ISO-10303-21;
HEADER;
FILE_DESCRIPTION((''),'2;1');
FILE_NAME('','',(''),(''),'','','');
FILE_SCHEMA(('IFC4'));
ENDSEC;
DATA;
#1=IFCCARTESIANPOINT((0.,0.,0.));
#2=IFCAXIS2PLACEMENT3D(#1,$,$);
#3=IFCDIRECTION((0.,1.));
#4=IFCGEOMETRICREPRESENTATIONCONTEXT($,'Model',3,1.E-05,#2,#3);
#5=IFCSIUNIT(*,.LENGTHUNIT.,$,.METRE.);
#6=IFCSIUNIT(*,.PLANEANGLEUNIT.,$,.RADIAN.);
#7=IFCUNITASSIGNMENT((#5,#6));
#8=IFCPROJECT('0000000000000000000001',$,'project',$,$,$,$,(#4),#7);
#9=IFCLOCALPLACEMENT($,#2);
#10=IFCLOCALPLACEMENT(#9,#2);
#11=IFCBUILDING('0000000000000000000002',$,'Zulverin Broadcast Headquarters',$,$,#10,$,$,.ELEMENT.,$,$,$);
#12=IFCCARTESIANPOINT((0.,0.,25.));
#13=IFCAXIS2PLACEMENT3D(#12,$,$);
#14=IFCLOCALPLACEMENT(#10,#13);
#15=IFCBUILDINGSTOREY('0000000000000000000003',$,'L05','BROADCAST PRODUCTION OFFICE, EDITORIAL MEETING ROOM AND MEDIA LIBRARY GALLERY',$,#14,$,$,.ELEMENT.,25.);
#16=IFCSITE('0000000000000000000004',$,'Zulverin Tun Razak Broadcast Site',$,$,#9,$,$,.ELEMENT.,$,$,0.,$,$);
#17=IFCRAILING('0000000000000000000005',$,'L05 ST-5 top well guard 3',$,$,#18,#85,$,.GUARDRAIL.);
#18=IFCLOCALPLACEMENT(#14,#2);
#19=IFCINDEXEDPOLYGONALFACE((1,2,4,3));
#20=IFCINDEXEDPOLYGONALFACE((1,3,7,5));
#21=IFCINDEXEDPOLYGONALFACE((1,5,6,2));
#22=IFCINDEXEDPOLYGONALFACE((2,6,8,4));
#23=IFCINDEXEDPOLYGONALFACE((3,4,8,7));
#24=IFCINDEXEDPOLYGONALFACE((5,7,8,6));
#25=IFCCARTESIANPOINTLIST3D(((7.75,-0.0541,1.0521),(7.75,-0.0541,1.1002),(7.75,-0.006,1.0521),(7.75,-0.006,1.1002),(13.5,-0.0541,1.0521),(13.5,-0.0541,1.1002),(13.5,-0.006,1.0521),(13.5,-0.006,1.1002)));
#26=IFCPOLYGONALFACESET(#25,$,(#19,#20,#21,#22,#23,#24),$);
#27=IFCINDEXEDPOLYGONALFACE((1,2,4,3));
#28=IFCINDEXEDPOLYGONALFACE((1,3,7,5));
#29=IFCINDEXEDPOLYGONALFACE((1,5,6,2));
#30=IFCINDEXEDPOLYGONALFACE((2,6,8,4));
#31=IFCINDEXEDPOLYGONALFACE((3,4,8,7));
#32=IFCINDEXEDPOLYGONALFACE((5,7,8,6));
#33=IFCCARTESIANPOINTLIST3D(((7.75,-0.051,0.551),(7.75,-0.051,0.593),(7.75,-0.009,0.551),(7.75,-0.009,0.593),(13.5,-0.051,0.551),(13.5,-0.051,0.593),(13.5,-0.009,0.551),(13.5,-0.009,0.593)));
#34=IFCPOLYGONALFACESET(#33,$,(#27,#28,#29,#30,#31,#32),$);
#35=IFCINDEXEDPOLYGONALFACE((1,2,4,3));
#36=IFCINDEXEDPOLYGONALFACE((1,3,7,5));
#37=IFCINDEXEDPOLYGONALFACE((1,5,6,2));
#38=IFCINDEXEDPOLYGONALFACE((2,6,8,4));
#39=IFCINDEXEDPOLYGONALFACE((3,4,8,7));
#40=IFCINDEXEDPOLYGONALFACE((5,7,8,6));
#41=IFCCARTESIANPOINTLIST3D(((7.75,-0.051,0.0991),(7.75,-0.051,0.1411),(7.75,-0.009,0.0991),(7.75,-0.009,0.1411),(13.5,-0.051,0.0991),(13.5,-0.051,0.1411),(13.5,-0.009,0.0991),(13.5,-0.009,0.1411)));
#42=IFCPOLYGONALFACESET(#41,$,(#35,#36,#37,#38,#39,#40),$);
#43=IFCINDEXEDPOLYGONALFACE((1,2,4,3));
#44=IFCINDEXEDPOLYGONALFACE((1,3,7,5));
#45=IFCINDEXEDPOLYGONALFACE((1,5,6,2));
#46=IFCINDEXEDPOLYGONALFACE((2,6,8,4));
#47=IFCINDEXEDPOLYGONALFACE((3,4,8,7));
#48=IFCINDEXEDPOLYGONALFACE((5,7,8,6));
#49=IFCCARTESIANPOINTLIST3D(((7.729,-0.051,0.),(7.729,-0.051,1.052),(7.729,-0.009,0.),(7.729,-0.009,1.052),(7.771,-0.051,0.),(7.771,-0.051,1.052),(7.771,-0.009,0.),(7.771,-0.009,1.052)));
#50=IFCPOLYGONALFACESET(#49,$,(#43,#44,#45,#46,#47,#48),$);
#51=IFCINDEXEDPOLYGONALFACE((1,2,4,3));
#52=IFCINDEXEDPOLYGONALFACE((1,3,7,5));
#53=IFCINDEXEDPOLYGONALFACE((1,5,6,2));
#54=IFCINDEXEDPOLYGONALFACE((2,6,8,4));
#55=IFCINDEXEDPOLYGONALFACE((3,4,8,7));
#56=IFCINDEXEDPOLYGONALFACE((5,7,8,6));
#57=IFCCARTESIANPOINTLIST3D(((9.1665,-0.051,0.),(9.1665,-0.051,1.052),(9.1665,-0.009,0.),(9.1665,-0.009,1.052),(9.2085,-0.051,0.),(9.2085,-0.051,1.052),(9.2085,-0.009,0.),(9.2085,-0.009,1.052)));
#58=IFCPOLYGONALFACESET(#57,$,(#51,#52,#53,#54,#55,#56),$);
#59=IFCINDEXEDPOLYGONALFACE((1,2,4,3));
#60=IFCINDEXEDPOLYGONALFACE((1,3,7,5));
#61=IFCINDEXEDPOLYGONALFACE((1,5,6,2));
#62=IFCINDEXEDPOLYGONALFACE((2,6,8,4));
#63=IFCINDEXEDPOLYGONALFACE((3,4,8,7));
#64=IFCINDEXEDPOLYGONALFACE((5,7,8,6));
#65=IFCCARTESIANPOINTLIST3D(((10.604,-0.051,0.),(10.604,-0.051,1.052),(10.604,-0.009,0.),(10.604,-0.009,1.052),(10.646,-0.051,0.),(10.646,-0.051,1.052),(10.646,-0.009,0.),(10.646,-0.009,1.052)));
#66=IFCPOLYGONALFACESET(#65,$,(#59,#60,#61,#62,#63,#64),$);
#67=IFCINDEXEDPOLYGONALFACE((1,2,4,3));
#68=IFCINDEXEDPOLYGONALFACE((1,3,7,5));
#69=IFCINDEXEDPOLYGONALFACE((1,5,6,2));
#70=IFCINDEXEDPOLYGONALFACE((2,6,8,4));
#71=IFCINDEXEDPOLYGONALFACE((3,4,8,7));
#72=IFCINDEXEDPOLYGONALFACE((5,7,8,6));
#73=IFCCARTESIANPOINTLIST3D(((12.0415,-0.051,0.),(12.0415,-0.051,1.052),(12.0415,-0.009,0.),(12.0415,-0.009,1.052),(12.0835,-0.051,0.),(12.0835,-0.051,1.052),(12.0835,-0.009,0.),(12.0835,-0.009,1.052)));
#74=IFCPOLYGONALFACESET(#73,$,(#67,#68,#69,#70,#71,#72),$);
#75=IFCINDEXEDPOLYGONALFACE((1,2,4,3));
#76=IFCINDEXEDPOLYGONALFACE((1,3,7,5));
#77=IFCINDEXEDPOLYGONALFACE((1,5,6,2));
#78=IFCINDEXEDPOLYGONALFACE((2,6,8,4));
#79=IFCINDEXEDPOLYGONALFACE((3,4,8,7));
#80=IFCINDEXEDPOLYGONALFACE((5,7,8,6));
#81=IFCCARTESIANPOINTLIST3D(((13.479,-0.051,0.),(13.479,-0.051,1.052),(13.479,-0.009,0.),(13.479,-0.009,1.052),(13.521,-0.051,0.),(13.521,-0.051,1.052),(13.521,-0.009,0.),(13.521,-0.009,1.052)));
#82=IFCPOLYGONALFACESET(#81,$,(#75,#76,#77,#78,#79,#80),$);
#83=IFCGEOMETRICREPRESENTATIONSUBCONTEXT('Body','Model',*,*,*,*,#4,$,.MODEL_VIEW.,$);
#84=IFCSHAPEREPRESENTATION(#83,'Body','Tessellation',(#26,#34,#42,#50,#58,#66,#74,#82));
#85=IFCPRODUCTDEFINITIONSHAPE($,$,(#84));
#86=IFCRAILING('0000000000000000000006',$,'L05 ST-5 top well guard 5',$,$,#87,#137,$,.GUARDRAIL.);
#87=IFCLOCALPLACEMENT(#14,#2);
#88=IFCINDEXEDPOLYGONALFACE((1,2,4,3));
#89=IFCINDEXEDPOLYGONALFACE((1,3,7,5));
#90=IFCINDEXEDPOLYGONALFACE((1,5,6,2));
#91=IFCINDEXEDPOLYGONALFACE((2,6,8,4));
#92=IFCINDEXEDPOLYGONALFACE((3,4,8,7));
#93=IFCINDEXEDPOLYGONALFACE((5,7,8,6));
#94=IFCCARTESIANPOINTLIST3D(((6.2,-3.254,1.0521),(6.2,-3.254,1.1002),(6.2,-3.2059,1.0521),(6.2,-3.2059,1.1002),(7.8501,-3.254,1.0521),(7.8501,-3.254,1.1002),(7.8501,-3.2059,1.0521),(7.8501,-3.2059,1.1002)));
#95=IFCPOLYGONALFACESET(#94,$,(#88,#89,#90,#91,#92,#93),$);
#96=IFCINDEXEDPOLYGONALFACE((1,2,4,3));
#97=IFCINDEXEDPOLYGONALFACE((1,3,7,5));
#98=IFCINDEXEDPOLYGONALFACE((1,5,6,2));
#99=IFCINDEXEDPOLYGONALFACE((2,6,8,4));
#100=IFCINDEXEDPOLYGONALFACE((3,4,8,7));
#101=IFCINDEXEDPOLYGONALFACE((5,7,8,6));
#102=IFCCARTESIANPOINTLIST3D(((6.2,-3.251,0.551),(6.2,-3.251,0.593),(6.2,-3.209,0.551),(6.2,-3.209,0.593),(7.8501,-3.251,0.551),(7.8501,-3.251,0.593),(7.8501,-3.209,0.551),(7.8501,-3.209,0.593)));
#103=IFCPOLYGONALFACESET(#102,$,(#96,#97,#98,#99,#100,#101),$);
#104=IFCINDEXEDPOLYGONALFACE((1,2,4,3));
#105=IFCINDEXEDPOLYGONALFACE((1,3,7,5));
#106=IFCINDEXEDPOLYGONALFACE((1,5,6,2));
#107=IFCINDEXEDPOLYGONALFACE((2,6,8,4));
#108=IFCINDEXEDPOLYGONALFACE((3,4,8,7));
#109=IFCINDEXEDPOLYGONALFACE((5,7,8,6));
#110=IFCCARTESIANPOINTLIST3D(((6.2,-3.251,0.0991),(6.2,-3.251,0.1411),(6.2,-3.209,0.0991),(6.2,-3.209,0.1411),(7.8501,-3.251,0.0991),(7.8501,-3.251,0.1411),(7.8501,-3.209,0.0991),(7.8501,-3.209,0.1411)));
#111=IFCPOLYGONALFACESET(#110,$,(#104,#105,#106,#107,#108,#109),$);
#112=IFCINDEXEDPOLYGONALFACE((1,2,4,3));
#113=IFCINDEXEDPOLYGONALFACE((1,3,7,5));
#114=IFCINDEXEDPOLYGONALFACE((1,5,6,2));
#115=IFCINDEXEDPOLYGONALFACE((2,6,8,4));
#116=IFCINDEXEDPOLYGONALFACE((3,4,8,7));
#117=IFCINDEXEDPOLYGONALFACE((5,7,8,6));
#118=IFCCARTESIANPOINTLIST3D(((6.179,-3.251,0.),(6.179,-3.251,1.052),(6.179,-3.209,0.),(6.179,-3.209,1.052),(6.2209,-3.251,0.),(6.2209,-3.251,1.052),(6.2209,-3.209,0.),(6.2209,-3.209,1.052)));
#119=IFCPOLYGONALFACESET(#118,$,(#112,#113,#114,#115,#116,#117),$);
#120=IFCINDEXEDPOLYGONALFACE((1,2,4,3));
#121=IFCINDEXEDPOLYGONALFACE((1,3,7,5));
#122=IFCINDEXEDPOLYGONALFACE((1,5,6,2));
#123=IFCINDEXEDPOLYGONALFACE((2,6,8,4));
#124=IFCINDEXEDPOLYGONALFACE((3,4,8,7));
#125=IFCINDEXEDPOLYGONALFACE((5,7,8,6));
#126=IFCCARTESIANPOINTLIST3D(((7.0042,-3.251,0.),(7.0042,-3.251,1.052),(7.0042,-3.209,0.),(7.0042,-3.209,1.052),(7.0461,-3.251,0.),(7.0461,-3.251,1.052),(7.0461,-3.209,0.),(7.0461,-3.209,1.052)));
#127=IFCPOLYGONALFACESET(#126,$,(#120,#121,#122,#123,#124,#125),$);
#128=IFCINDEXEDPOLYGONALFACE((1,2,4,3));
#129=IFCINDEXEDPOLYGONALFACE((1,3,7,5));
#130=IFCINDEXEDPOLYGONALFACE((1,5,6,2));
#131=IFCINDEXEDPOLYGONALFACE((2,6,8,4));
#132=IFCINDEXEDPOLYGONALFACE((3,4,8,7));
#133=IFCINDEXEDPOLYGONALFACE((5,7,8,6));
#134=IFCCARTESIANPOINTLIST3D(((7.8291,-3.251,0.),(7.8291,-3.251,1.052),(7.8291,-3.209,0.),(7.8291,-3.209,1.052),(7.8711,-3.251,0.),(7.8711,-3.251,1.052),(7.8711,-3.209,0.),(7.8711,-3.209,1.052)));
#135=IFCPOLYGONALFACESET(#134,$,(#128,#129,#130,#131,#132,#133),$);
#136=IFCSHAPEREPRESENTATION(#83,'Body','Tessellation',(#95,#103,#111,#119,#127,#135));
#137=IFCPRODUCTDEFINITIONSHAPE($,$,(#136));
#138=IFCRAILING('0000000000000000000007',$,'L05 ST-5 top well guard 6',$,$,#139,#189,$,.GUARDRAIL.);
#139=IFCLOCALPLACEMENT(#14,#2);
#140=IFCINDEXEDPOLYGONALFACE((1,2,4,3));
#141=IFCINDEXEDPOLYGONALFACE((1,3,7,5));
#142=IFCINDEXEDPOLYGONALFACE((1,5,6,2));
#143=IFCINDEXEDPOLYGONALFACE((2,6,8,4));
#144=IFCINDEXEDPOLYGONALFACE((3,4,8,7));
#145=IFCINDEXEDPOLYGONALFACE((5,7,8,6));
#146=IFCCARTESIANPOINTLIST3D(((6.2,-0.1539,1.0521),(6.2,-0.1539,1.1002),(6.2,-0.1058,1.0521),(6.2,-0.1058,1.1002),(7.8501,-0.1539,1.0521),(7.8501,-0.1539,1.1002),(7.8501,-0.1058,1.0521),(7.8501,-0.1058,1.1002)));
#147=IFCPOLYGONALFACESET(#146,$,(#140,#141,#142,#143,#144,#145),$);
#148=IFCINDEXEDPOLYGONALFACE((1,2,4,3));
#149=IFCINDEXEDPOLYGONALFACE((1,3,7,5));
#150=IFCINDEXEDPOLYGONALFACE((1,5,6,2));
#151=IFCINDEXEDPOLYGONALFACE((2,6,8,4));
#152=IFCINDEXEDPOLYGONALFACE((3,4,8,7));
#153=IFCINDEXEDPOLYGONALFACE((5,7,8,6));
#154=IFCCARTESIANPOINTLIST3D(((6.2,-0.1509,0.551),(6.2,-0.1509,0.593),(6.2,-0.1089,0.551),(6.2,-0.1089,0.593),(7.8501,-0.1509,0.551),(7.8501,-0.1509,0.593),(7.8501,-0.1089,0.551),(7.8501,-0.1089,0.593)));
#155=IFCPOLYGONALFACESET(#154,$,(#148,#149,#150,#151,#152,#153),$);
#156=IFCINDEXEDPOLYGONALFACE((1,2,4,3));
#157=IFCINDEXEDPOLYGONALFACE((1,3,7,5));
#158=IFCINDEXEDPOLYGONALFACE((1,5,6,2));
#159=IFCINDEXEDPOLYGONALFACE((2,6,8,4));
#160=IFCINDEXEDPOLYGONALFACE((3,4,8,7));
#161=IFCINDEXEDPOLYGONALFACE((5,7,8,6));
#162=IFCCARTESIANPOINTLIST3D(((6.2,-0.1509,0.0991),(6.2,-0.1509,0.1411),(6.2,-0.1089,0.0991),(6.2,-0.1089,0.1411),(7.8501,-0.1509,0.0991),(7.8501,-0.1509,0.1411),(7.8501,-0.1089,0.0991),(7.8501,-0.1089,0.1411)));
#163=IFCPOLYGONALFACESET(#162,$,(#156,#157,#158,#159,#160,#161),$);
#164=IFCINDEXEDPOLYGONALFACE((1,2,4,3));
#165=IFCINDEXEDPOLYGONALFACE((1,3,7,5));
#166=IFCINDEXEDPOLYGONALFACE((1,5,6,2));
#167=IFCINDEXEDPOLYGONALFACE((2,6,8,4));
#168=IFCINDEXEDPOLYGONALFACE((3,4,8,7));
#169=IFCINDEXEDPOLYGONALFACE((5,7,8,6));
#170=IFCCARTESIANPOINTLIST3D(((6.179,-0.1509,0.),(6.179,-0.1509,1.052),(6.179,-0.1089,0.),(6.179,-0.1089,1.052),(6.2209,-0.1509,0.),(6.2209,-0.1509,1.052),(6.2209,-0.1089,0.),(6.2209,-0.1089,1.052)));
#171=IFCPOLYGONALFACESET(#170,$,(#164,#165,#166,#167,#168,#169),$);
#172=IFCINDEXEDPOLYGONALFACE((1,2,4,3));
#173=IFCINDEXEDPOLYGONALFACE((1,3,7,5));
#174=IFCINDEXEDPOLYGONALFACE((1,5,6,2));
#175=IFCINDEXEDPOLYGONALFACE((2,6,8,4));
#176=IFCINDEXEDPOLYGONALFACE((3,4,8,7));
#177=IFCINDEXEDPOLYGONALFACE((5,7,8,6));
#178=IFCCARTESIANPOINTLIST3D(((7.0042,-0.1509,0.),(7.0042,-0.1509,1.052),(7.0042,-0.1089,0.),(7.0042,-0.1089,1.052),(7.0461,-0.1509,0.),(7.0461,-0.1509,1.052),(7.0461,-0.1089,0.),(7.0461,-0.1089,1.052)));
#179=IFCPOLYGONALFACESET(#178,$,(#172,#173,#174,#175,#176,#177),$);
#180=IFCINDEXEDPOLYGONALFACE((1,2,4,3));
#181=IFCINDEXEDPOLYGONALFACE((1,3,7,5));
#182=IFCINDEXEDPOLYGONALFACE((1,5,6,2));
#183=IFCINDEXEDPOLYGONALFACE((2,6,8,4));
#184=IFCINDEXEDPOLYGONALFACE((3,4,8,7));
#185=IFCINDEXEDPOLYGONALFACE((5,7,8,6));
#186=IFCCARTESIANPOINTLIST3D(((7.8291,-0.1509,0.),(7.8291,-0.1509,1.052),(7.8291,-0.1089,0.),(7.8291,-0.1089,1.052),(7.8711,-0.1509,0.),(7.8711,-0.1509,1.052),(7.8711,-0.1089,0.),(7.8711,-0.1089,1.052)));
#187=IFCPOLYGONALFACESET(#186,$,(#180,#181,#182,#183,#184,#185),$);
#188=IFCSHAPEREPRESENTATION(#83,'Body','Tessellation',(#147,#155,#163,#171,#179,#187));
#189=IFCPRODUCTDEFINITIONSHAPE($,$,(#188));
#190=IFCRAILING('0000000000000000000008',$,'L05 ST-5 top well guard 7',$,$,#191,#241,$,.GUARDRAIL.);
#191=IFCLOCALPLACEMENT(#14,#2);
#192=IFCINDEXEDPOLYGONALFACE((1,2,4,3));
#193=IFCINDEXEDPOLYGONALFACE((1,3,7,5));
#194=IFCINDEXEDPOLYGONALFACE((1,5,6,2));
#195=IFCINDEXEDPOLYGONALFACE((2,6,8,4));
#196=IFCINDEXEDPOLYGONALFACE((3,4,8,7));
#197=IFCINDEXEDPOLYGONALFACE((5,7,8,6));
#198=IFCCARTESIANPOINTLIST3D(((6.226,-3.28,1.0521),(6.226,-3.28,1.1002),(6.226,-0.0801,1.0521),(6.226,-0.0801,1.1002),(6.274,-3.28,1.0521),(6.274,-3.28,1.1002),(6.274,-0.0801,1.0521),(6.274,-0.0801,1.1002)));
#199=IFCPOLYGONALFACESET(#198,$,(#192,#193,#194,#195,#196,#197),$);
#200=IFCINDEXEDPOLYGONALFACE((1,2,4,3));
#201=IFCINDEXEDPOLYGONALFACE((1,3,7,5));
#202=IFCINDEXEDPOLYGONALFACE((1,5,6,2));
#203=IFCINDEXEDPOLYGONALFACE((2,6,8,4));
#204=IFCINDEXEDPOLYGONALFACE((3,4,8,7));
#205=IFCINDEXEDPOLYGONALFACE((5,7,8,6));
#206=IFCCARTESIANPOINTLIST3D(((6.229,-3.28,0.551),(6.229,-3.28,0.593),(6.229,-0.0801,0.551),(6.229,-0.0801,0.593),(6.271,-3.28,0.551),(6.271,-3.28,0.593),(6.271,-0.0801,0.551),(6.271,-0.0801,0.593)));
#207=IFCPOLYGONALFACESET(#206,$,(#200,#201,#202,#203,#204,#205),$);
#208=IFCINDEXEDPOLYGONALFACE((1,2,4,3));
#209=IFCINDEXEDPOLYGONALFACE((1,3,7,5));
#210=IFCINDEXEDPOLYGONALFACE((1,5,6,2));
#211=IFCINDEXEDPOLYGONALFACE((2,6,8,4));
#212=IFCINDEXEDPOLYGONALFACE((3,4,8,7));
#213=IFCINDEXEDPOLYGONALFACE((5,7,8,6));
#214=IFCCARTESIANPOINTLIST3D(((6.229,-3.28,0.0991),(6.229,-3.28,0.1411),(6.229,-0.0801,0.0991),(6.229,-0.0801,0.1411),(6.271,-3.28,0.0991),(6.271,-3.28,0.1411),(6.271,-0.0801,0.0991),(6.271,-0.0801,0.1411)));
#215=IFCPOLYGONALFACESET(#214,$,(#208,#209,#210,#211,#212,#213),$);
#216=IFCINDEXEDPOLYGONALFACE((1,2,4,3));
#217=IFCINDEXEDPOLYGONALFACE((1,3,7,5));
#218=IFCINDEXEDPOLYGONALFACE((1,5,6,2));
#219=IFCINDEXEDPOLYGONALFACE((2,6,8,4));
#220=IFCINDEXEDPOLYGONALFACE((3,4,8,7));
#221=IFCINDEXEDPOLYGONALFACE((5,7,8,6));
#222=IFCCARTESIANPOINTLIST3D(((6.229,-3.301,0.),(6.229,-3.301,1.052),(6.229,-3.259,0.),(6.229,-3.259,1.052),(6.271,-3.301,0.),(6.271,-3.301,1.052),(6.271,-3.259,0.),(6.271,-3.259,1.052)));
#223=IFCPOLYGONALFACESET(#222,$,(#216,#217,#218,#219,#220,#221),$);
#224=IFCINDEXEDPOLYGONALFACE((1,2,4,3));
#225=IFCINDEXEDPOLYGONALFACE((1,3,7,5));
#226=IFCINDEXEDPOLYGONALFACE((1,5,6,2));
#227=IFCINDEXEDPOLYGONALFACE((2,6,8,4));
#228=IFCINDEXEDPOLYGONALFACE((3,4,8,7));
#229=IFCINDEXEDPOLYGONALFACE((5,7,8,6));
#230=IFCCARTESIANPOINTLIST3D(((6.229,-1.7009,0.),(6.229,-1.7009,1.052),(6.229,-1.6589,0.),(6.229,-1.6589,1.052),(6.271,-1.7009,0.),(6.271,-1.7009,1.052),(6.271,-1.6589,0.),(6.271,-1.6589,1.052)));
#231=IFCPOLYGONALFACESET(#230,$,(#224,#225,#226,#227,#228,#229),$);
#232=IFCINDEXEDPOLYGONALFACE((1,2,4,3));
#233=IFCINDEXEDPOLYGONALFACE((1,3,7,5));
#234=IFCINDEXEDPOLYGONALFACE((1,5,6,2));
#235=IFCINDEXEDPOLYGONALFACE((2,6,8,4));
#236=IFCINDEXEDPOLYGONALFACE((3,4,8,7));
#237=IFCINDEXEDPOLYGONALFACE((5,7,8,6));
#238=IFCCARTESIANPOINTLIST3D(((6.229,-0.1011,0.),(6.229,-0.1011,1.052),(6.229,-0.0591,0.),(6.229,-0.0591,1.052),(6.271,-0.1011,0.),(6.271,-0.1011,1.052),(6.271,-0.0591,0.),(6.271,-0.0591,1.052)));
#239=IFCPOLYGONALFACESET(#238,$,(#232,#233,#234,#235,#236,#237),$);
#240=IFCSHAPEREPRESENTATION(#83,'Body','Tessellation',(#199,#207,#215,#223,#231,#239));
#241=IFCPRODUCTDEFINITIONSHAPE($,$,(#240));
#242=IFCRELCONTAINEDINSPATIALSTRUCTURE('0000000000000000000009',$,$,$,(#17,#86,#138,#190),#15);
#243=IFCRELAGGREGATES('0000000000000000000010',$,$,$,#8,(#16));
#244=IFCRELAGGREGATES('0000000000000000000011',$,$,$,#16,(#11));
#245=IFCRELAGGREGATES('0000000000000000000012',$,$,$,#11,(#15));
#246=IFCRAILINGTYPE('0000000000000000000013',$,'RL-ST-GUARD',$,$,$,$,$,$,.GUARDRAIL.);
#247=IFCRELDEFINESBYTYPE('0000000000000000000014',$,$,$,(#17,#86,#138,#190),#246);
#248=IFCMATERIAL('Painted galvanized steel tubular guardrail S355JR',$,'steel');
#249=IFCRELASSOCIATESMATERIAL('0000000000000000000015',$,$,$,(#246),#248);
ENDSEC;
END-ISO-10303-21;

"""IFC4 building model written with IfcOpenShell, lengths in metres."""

from ifc_helpers import new_model, si_unit, direction, frame, origin, origin_2d, place, context, subcontext, project, spatial, rectangle, extrude, material, type_object, element, save


model = new_model("IFC4")

# Units and contexts
model_context = context("Model", 3, precision=1e-05, world=origin(), true_north=direction((0.0, 1.0)))
body_context = subcontext(model_context, "Body", "Model", "MODEL_VIEW")
ifc_project = project(units=[si_unit("LENGTHUNIT", "METRE"), si_unit("PLANEANGLEUNIT", "RADIAN")], contexts=[model_context])

# Site, building, storey
site_placement = place(None, origin())
site = spatial("IfcSite", under=ifc_project, at=site_placement, Name="Zulverin Tun Razak Broadcast Site", CompositionType="ELEMENT", RefElevation=0.0)
building_placement = place(site_placement, origin())
building = spatial("IfcBuilding", under=site, at=building_placement, Name="Zulverin Broadcast Headquarters", CompositionType="ELEMENT")
storey_placement = place(building_placement, frame((0.0, 0.0, 25.0)))
storey = spatial("IfcBuildingStorey", under=building, at=storey_placement, Name="L05", Description="BROADCAST PRODUCTION OFFICE, EDITORIAL MEETING ROOM AND MEDIA LIBRARY GALLERY", CompositionType="ELEMENT", Elevation=25.0)

# Railings
ifc_material_1 = material(Name="Painted galvanized steel tubular guardrail S355JR", Category="steel")
railing_type_1 = type_object("IfcRailingType", Name="RL-ST-GUARD", PredefinedType="GUARDRAIL", material=ifc_material_1)
for number, where, name in (
    (1, (7.75, -0.03, 0.0), "L05 ST-5 top well guard 3"),
):
    element("IfcRailing", number, at=place(storey_placement, frame(where)), inside=storey, type_object=railing_type_1, Name=name, PredefinedType="GUARDRAIL", context=body_context, shape_type="SweptSolid", body=[
        extrude(rectangle(XDim=0.0481, YDim=0.0481, at=origin_2d()), frame((0.0, 0.0, 1.0762), z_axis=(1.0, 0.0, 0.0), x_axis=(0.0, 1.0, 0.0)), (0.0, 0.0, 1.0), 5.75),
        extrude(rectangle(XDim=0.042, YDim=0.042, at=origin_2d()), frame((0.0, 0.0, 0.572), z_axis=(1.0, 0.0, 0.0), x_axis=(0.0, 1.0, 0.0)), (0.0, 0.0, 1.0), 5.75),
        extrude(rectangle(XDim=0.042, YDim=0.042, at=origin_2d()), frame((0.0, 0.0, 0.1201), z_axis=(1.0, 0.0, 0.0), x_axis=(0.0, 1.0, 0.0)), (0.0, 0.0, 1.0), 5.75),
        extrude(rectangle(XDim=0.042, YDim=0.042, at=origin_2d()), origin(), (0.0, 0.0, 1.0), 1.052),
        extrude(rectangle(XDim=0.042, YDim=0.042, at=origin_2d()), frame((1.4375, 0.0, 0.0)), (0.0, 0.0, 1.0), 1.052),
        extrude(rectangle(XDim=0.042, YDim=0.042, at=origin_2d()), frame((2.875, 0.0, 0.0)), (0.0, 0.0, 1.0), 1.052),
        extrude(rectangle(XDim=0.042, YDim=0.042, at=origin_2d()), frame((4.3125, 0.0, 0.0)), (0.0, 0.0, 1.0), 1.052),
        extrude(rectangle(XDim=0.042, YDim=0.042, at=origin_2d()), frame((5.75, 0.0, 0.0)), (0.0, 0.0, 1.0), 1.052),
    ])
for number, where, name in (
    (2, (6.2, -3.23, 0.0), "L05 ST-5 top well guard 5"),
    (3, (6.2, -0.1299, 0.0), "L05 ST-5 top well guard 6"),
):
    element("IfcRailing", number, at=place(storey_placement, frame(where)), inside=storey, type_object=railing_type_1, Name=name, PredefinedType="GUARDRAIL", context=body_context, shape_type="SweptSolid", body=[
        extrude(rectangle(XDim=0.0481, YDim=0.0481, at=origin_2d()), frame((0.0, 0.0, 1.0762), z_axis=(1.0, 0.0, 0.0), x_axis=(0.0, 1.0, 0.0)), (0.0, 0.0, 1.0), 1.6501),
        extrude(rectangle(XDim=0.042, YDim=0.042, at=origin_2d()), frame((0.0, 0.0, 0.572), z_axis=(1.0, 0.0, 0.0), x_axis=(0.0, 1.0, 0.0)), (0.0, 0.0, 1.0), 1.6501),
        extrude(rectangle(XDim=0.042, YDim=0.042, at=origin_2d()), frame((0.0, 0.0, 0.1201), z_axis=(1.0, 0.0, 0.0), x_axis=(0.0, 1.0, 0.0)), (0.0, 0.0, 1.0), 1.6501),
        extrude(rectangle(XDim=0.042, YDim=0.042, at=origin_2d()), origin(), (0.0, 0.0, 1.0), 1.052),
        extrude(rectangle(XDim=0.042, YDim=0.042, at=origin_2d()), frame((0.8252, 0.0, 0.0)), (0.0, 0.0, 1.0), 1.052),
        extrude(rectangle(XDim=0.042, YDim=0.042, at=origin_2d()), frame((1.6501, 0.0, 0.0)), (0.0, 0.0, 1.0), 1.052),
    ])
railing_1_placement = place(storey_placement, frame((6.25, -3.28, 0.0)))
element("IfcRailing", 4, at=railing_1_placement, inside=storey, type_object=railing_type_1, Name="L05 ST-5 top well guard 7", PredefinedType="GUARDRAIL", context=body_context, shape_type="SweptSolid", body=[
    extrude(rectangle(XDim=0.0481, YDim=0.0481, at=origin_2d()), frame((0.0, 0.0, 1.0762), z_axis=(0.0, 1.0, 0.0), x_axis=(-1.0, 0.0, 0.0)), (0.0, 0.0, 1.0), 3.2),
    extrude(rectangle(XDim=0.042, YDim=0.042, at=origin_2d()), frame((0.0, 0.0, 0.572), z_axis=(0.0, 1.0, 0.0), x_axis=(-1.0, 0.0, 0.0)), (0.0, 0.0, 1.0), 3.2),
    extrude(rectangle(XDim=0.042, YDim=0.042, at=origin_2d()), frame((0.0, 0.0, 0.1201), z_axis=(0.0, 1.0, 0.0), x_axis=(-1.0, 0.0, 0.0)), (0.0, 0.0, 1.0), 3.2),
    extrude(rectangle(XDim=0.042, YDim=0.042, at=origin_2d()), origin(), (0.0, 0.0, 1.0), 1.052),
    extrude(rectangle(XDim=0.042, YDim=0.042, at=origin_2d()), frame((0.0, 1.6001, 0.0)), (0.0, 0.0, 1.0), 1.052),
    extrude(rectangle(XDim=0.042, YDim=0.042, at=origin_2d()), frame((0.0, 3.2, 0.0)), (0.0, 0.0, 1.0), 1.052),
])

save(model, "model.ifc")
